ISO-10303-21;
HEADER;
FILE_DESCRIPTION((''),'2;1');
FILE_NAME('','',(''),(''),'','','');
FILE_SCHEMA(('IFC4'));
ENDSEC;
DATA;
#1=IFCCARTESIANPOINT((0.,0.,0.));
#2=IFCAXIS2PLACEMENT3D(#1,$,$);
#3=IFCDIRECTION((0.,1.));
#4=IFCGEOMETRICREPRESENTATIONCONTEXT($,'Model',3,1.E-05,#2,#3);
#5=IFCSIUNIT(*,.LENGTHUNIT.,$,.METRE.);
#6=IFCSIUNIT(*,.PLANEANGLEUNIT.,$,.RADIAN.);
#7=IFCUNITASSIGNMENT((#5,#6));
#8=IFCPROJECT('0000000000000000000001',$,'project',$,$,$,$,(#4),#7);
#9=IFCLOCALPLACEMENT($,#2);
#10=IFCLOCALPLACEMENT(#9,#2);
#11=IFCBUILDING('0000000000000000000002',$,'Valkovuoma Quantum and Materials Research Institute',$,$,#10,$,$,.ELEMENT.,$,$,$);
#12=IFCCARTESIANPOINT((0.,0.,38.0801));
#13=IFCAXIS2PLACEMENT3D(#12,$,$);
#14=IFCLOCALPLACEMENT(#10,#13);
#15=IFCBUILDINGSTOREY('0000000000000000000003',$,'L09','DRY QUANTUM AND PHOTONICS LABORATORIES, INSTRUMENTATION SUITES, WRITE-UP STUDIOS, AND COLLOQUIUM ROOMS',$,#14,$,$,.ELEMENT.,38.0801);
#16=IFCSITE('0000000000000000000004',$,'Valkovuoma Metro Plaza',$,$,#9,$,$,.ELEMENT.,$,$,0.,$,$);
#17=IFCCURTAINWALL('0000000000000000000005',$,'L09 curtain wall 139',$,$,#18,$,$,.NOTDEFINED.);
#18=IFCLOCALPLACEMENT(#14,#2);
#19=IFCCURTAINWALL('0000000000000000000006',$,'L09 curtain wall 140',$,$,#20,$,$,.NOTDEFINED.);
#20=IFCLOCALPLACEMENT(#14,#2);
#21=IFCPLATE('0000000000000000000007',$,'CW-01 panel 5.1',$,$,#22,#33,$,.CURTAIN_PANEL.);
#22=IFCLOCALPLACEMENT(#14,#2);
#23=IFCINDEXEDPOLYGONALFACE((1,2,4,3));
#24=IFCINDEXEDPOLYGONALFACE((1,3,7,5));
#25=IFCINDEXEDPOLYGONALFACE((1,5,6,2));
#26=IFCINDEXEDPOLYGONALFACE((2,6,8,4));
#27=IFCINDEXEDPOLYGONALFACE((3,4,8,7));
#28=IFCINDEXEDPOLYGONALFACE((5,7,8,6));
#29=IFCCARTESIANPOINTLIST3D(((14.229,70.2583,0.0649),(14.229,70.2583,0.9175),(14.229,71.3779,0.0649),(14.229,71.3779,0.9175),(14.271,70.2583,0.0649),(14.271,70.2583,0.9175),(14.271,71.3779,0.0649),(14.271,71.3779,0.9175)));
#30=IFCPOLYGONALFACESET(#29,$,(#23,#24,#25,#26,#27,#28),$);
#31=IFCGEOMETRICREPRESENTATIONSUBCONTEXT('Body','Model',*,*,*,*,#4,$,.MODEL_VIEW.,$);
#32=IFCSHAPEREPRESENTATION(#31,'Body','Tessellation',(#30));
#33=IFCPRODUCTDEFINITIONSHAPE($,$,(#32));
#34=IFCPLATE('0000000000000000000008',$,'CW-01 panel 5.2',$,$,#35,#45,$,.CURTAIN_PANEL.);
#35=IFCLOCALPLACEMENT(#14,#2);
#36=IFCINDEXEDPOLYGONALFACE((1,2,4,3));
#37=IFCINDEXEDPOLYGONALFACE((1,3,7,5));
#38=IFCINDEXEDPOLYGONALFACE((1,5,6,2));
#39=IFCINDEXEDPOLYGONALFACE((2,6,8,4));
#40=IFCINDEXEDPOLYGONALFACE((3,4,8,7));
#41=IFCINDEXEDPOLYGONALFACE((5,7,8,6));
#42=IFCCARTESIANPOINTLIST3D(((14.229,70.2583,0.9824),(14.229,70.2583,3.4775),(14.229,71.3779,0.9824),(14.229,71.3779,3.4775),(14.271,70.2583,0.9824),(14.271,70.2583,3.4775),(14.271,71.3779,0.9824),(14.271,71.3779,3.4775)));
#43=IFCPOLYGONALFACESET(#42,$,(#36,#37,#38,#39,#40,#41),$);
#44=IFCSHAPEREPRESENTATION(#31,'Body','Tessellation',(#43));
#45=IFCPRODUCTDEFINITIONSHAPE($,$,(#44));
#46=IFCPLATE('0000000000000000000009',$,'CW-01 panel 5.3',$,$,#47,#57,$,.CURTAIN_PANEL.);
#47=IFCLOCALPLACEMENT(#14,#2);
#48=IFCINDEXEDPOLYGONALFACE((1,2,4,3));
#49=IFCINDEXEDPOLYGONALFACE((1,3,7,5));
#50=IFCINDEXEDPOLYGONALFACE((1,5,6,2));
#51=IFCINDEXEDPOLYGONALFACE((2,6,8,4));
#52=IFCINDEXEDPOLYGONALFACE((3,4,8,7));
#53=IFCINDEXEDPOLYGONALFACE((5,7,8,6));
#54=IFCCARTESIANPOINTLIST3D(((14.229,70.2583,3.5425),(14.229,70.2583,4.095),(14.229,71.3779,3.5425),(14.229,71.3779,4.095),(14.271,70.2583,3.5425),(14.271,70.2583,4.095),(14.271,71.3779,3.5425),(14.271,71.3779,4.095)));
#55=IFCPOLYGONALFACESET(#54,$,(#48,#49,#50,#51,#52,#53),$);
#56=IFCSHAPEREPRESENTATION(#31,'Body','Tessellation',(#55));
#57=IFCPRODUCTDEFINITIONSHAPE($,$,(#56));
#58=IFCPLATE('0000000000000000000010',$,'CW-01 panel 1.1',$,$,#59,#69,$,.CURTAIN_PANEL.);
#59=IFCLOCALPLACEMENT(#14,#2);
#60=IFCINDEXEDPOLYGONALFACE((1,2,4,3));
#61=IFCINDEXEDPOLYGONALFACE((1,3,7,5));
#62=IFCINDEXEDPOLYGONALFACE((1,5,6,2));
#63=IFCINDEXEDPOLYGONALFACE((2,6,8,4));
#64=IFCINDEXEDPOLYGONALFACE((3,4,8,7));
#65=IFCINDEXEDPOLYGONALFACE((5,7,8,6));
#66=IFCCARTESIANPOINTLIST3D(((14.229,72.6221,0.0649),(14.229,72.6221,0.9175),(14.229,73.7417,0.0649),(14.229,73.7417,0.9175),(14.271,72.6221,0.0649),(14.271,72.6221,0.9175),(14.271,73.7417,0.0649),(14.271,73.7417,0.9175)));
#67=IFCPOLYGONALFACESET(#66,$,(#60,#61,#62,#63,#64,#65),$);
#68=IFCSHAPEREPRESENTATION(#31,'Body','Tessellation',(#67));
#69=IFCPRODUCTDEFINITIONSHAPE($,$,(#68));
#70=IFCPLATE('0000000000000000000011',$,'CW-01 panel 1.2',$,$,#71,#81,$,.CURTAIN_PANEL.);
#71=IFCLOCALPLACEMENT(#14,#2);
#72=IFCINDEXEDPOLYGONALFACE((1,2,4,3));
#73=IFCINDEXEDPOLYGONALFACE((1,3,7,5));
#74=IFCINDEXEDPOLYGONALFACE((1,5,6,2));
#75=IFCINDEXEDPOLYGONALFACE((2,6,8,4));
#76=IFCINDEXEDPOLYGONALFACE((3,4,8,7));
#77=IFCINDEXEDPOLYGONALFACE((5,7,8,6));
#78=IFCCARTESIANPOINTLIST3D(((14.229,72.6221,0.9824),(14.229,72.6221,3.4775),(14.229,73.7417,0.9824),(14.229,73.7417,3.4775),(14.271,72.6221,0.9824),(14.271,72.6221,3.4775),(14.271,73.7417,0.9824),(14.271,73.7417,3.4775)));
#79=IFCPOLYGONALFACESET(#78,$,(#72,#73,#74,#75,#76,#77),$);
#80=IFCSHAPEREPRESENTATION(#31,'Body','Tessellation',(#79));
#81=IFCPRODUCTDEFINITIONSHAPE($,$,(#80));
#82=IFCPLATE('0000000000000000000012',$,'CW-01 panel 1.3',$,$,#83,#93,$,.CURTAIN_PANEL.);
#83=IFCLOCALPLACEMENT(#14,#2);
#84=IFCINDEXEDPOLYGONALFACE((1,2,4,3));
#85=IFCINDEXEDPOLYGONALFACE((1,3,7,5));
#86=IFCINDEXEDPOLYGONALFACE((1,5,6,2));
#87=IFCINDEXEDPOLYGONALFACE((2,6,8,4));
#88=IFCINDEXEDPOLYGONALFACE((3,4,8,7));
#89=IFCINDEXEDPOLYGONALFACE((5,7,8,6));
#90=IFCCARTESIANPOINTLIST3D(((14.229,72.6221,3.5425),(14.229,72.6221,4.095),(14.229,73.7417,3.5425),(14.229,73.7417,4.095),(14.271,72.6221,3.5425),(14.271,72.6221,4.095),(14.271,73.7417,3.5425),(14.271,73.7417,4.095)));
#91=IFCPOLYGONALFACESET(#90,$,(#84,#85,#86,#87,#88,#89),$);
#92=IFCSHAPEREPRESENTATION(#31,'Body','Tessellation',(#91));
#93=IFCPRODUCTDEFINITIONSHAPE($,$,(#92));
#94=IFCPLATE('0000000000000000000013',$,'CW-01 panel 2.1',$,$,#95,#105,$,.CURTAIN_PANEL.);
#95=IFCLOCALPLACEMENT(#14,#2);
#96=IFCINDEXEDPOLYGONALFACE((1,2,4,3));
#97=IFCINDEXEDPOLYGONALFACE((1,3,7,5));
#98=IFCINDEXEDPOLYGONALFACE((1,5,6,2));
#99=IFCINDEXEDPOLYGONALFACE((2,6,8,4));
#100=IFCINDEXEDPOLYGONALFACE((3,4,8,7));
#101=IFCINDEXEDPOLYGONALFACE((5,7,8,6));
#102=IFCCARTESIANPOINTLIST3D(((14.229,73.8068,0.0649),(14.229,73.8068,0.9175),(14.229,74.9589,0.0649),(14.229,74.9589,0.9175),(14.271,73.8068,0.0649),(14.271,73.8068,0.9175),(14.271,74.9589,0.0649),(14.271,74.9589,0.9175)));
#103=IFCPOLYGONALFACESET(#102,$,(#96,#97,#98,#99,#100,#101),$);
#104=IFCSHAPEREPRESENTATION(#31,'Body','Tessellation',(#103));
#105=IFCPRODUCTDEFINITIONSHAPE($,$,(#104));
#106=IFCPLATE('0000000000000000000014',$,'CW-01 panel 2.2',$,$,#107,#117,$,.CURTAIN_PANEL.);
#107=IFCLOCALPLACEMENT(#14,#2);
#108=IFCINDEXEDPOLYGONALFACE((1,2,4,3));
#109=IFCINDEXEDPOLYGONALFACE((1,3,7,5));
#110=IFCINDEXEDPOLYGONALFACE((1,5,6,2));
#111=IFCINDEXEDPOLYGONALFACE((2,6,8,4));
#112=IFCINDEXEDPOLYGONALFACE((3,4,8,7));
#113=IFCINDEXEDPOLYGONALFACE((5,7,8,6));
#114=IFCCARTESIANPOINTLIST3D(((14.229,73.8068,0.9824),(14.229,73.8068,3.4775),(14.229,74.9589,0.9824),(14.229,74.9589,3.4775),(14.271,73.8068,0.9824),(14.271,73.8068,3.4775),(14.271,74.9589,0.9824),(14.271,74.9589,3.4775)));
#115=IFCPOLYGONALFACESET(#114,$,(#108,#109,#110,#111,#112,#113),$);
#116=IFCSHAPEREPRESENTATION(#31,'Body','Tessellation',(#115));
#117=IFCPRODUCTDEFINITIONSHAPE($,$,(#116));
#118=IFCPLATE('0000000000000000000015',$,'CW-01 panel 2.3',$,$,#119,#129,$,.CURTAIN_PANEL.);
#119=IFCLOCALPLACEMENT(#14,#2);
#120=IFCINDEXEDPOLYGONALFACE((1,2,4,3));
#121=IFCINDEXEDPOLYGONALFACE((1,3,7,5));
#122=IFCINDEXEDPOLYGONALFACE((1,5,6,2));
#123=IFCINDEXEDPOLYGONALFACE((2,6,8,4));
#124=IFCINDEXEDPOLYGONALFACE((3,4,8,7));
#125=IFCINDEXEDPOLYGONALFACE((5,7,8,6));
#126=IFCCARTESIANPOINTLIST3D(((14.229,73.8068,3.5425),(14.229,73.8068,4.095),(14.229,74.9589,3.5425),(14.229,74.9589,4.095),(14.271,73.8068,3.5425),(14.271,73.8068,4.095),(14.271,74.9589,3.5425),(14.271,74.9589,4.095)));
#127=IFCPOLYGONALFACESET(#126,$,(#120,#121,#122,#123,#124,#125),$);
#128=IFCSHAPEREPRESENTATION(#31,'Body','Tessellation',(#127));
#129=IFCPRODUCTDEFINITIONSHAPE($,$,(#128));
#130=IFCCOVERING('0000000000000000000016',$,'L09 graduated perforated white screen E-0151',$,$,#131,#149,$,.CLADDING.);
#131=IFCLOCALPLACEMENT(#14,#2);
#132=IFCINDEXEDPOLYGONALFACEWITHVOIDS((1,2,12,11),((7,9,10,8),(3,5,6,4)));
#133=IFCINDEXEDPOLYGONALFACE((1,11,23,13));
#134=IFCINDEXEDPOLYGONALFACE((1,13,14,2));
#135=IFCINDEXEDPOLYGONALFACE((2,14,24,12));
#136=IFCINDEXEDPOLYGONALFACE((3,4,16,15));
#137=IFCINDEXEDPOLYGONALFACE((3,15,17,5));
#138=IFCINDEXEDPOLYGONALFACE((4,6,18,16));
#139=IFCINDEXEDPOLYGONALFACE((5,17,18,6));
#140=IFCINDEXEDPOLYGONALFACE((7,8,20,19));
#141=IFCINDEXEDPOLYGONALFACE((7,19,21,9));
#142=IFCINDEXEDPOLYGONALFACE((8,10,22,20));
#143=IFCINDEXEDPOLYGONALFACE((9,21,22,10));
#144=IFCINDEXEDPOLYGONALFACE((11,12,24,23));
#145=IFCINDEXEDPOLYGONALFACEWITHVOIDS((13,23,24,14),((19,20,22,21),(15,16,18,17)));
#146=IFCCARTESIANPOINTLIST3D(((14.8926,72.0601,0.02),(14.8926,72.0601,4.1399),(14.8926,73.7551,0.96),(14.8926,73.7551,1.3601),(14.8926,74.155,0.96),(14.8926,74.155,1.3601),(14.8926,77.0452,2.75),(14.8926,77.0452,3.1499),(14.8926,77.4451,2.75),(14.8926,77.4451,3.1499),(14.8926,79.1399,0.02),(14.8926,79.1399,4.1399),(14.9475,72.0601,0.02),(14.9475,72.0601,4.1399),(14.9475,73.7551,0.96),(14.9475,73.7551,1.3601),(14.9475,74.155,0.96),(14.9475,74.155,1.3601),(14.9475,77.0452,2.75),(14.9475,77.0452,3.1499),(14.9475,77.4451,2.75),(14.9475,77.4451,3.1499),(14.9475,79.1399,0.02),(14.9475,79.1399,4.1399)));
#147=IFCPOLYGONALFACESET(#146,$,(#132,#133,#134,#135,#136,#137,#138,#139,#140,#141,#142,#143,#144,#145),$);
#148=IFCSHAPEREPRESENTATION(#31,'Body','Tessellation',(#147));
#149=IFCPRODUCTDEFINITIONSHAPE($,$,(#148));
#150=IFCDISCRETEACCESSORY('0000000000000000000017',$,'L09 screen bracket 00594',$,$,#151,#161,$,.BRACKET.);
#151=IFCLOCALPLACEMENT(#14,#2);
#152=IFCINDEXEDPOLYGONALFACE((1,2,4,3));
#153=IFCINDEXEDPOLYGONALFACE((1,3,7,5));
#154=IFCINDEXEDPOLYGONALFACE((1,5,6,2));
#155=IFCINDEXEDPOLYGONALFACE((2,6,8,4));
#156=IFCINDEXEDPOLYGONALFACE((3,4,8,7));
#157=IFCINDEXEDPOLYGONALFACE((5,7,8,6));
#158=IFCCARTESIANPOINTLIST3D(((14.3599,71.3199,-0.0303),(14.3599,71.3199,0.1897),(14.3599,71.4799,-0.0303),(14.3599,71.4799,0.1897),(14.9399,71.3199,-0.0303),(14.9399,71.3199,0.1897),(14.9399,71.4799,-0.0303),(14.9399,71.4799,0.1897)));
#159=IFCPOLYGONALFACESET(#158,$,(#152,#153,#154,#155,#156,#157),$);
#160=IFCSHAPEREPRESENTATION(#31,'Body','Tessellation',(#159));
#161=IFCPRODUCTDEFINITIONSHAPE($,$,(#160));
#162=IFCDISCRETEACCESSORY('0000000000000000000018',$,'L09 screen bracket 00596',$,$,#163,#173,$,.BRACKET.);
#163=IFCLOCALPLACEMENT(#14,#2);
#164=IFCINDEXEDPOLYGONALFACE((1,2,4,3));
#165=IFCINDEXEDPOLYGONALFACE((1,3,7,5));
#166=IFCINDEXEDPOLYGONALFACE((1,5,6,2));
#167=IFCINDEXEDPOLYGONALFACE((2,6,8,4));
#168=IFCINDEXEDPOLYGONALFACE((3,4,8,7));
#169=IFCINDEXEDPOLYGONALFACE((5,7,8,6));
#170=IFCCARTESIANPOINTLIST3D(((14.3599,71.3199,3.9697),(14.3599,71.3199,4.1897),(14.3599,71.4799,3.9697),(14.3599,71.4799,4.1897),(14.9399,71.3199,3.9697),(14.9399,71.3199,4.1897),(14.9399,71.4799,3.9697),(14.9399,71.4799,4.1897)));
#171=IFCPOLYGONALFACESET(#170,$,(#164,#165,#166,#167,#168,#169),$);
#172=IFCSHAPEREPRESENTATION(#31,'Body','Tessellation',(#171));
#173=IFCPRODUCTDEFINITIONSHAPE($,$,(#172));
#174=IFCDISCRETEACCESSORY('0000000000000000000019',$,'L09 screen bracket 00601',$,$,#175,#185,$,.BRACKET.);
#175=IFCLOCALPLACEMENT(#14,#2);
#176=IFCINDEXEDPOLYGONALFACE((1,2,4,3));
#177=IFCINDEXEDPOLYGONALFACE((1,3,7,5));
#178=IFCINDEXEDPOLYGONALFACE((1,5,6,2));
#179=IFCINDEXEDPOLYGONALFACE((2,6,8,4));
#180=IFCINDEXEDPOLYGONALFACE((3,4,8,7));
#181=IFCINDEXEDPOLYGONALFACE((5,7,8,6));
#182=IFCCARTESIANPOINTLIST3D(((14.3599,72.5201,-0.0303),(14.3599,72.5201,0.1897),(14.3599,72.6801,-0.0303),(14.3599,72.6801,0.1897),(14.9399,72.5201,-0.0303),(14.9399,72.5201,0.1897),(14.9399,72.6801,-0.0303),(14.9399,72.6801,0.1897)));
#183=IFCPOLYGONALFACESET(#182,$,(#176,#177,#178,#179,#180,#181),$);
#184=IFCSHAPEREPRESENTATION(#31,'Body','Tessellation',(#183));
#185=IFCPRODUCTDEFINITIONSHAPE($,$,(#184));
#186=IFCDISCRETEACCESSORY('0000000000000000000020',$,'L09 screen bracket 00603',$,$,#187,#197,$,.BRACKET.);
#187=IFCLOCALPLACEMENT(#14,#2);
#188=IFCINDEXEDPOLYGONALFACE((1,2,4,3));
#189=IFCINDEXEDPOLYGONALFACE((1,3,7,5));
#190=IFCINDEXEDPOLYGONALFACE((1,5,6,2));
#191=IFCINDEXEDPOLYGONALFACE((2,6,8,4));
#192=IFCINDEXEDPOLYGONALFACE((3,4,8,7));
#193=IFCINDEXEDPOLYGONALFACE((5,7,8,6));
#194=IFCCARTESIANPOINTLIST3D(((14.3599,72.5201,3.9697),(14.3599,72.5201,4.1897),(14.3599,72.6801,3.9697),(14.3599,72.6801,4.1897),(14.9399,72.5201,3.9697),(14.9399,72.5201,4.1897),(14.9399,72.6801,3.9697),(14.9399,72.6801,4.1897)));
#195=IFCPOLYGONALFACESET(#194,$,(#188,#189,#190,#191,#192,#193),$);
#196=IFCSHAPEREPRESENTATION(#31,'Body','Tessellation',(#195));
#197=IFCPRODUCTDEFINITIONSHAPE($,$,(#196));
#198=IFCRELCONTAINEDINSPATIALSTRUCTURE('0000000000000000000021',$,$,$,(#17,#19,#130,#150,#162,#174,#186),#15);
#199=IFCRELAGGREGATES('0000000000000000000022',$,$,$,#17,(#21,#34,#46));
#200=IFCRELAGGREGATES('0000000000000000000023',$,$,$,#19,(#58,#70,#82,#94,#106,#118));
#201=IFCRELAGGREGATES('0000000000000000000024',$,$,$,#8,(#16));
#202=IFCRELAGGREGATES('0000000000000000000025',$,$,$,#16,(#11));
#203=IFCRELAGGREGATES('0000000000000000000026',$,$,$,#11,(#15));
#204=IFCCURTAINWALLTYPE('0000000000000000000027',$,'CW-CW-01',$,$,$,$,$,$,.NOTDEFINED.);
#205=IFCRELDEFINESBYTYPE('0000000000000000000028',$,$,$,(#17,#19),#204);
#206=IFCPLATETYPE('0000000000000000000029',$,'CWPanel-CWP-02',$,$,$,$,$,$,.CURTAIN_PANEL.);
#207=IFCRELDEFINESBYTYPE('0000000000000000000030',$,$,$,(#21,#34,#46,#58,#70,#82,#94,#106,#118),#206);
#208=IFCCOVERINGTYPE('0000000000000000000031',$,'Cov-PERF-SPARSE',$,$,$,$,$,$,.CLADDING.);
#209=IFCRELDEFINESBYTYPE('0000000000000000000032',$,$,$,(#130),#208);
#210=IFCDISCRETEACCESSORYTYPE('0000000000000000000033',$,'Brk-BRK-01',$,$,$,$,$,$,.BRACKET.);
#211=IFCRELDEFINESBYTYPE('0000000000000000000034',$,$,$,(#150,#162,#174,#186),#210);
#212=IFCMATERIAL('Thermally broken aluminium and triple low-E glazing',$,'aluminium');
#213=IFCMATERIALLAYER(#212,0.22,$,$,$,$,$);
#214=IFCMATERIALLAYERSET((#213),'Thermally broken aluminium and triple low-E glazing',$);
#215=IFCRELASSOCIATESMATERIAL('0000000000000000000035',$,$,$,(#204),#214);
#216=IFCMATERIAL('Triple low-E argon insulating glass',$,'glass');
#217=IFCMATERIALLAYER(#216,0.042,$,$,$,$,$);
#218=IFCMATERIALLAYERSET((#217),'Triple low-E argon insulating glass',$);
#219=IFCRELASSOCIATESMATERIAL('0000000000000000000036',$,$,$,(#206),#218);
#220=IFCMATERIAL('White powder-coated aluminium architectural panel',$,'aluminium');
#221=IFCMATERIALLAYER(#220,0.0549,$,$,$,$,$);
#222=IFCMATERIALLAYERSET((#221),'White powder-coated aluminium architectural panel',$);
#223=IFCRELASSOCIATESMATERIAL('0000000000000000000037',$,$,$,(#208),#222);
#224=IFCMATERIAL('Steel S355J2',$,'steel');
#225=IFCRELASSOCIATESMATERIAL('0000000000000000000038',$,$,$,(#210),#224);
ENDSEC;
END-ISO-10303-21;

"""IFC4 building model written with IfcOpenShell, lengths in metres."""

from ifc_helpers import new_model, si_unit, direction, frame, origin, origin_2d, place, context, subcontext, project, spatial, polyline, rectangle, outline, extrude, material, layer, layer_set, type_object, element, aggregate, save


model = new_model("IFC4")

# Units and contexts
model_context = context("Model", 3, precision=1e-05, world=origin(), true_north=direction((0.0, 1.0)))
body_context = subcontext(model_context, "Body", "Model", "MODEL_VIEW")
ifc_project = project(units=[si_unit("LENGTHUNIT", "METRE"), si_unit("PLANEANGLEUNIT", "RADIAN")], contexts=[model_context])

# Site, building, storey
site_placement = place(None, origin())
site = spatial("IfcSite", under=ifc_project, at=site_placement, Name="Valkovuoma Metro Plaza", CompositionType="ELEMENT", RefElevation=0.0)
building_placement = place(site_placement, origin())
building = spatial("IfcBuilding", under=site, at=building_placement, Name="Valkovuoma Quantum and Materials Research Institute", CompositionType="ELEMENT")
storey_placement = place(building_placement, frame((0.0, 0.0, 38.0801)))
storey = spatial("IfcBuildingStorey", under=building, at=storey_placement, Name="L09", Description="DRY QUANTUM AND PHOTONICS LABORATORIES, INSTRUMENTATION SUITES, WRITE-UP STUDIOS, AND COLLOQUIUM ROOMS", CompositionType="ELEMENT", Elevation=38.0801)

# Curtain wall
ifc_material_1 = material(Name="Thermally broken aluminium and triple low-E glazing", Category="aluminium")
ifc_layer_1 = layer(ifc_material_1, 0.22)
ifc_layer_set_1 = layer_set([ifc_layer_1], Name="Thermally broken aluminium and triple low-E glazing")
curtain_wall_type = type_object("IfcCurtainWallType", Name="CW-CW-01", PredefinedType="NOTDEFINED", material=ifc_layer_set_1)
curtain_wall_1_placement = place(storey_placement, origin())
curtain_wall_1 = element("IfcCurtainWall", 1, at=curtain_wall_1_placement, inside=storey, type_object=curtain_wall_type, Name="L09 curtain wall 139", PredefinedType="NOTDEFINED")

# Curtain wall
curtain_wall_2_placement = place(storey_placement, origin())
curtain_wall_2 = element("IfcCurtainWall", 2, at=curtain_wall_2_placement, inside=storey, type_object=curtain_wall_type, Name="L09 curtain wall 140", PredefinedType="NOTDEFINED")

# Plates
ifc_material_2 = material(Name="Triple low-E argon insulating glass", Category="glass")
ifc_layer_2 = layer(ifc_material_2, 0.042)
ifc_layer_set_2 = layer_set([ifc_layer_2], Name="Triple low-E argon insulating glass")
plate_type = type_object("IfcPlateType", Name="CWPanel-CWP-02", PredefinedType="CURTAIN_PANEL", material=ifc_layer_set_2)
plate_1_placement = place(storey_placement, frame((14.25, 70.8181, 0.0649), z_axis=(0.0, 0.0, 1.0), x_axis=(0.0, 1.0, 0.0)))
plate_1 = element("IfcPlate", 3, at=plate_1_placement, type_object=plate_type, Name="CW-01 panel 5.1", PredefinedType="CURTAIN_PANEL", context=body_context, shape_type="SweptSolid", body=[
    extrude(rectangle(XDim=1.1196, YDim=0.042, at=origin_2d()), origin(), (0.0, 0.0, 1.0), 0.8525),
])
plate_2_placement = place(storey_placement, frame((14.25, 70.8181, 0.9824), z_axis=(0.0, 0.0, 1.0), x_axis=(0.0, 1.0, 0.0)))
plate_2 = element("IfcPlate", 4, at=plate_2_placement, type_object=plate_type, Name="CW-01 panel 5.2", PredefinedType="CURTAIN_PANEL", context=body_context, shape_type="SweptSolid", body=[
    extrude(rectangle(XDim=1.1196, YDim=0.042, at=origin_2d()), origin(), (0.0, 0.0, 1.0), 2.4951),
])
plate_3_placement = place(storey_placement, frame((14.25, 70.8181, 3.5425), z_axis=(0.0, 0.0, 1.0), x_axis=(0.0, 1.0, 0.0)))
plate_3 = element("IfcPlate", 5, at=plate_3_placement, type_object=plate_type, Name="CW-01 panel 5.3", PredefinedType="CURTAIN_PANEL", context=body_context, shape_type="SweptSolid", body=[
    extrude(rectangle(XDim=1.1196, YDim=0.042, at=origin_2d()), origin(), (0.0, 0.0, 1.0), 0.5525),
])
aggregate(curtain_wall_1, [plate_1, plate_2, plate_3])
plate_4_placement = place(storey_placement, frame((14.25, 73.1819, 0.0649), z_axis=(0.0, 0.0, 1.0), x_axis=(0.0, 1.0, 0.0)))
plate_4 = element("IfcPlate", 6, at=plate_4_placement, type_object=plate_type, Name="CW-01 panel 1.1", PredefinedType="CURTAIN_PANEL", context=body_context, shape_type="SweptSolid", body=[
    extrude(rectangle(XDim=1.1196, YDim=0.042, at=origin_2d()), origin(), (0.0, 0.0, 1.0), 0.8525),
])
plate_5_placement = place(storey_placement, frame((14.25, 73.1819, 0.9824), z_axis=(0.0, 0.0, 1.0), x_axis=(0.0, 1.0, 0.0)))
plate_5 = element("IfcPlate", 7, at=plate_5_placement, type_object=plate_type, Name="CW-01 panel 1.2", PredefinedType="CURTAIN_PANEL", context=body_context, shape_type="SweptSolid", body=[
    extrude(rectangle(XDim=1.1196, YDim=0.042, at=origin_2d()), origin(), (0.0, 0.0, 1.0), 2.4951),
])
plate_6_placement = place(storey_placement, frame((14.25, 73.1819, 3.5425), z_axis=(0.0, 0.0, 1.0), x_axis=(0.0, 1.0, 0.0)))
plate_6 = element("IfcPlate", 8, at=plate_6_placement, type_object=plate_type, Name="CW-01 panel 1.3", PredefinedType="CURTAIN_PANEL", context=body_context, shape_type="SweptSolid", body=[
    extrude(rectangle(XDim=1.1196, YDim=0.042, at=origin_2d()), origin(), (0.0, 0.0, 1.0), 0.5525),
])
plate_7_placement = place(storey_placement, frame((14.25, 74.3828, 0.0649), z_axis=(0.0, 0.0, 1.0), x_axis=(0.0, 1.0, 0.0)))
plate_7 = element("IfcPlate", 9, at=plate_7_placement, type_object=plate_type, Name="CW-01 panel 2.1", PredefinedType="CURTAIN_PANEL", context=body_context, shape_type="SweptSolid", body=[
    extrude(rectangle(XDim=1.1521, YDim=0.042, at=origin_2d()), origin(), (0.0, 0.0, 1.0), 0.8525),
])
plate_8_placement = place(storey_placement, frame((14.25, 74.3828, 0.9824), z_axis=(0.0, 0.0, 1.0), x_axis=(0.0, 1.0, 0.0)))
plate_8 = element("IfcPlate", 10, at=plate_8_placement, type_object=plate_type, Name="CW-01 panel 2.2", PredefinedType="CURTAIN_PANEL", context=body_context, shape_type="SweptSolid", body=[
    extrude(rectangle(XDim=1.1521, YDim=0.042, at=origin_2d()), origin(), (0.0, 0.0, 1.0), 2.4951),
])
plate_9_placement = place(storey_placement, frame((14.25, 74.3828, 3.5425), z_axis=(0.0, 0.0, 1.0), x_axis=(0.0, 1.0, 0.0)))
plate_9 = element("IfcPlate", 11, at=plate_9_placement, type_object=plate_type, Name="CW-01 panel 2.3", PredefinedType="CURTAIN_PANEL", context=body_context, shape_type="SweptSolid", body=[
    extrude(rectangle(XDim=1.1521, YDim=0.042, at=origin_2d()), origin(), (0.0, 0.0, 1.0), 0.5525),
])
aggregate(curtain_wall_2, [plate_4, plate_5, plate_6, plate_7, plate_8, plate_9])

# Covering
ifc_material_3 = material(Name="White powder-coated aluminium architectural panel", Category="aluminium")
ifc_layer_3 = layer(ifc_material_3, 0.0549)
ifc_layer_set_3 = layer_set([ifc_layer_3], Name="White powder-coated aluminium architectural panel")
covering_type = type_object("IfcCoveringType", Name="Cov-PERF-SPARSE", PredefinedType="CLADDING", material=ifc_layer_set_3)
covering_placement = place(storey_placement, frame((14.9199, 72.0601, 0.02), z_axis=(0.0, 0.0, 1.0), x_axis=(0.0, 1.0, 0.0)))
element("IfcCovering", 12, at=covering_placement, inside=storey, type_object=covering_type, Name="L09 graduated perforated white screen E-0151", PredefinedType="CLADDING", context=body_context, shape_type="SweptSolid", body=[
    extrude(outline(polyline([(0.0, 0.0), (7.0798, 0.0), (7.0798, 4.1199), (0.0, 4.1199), (0.0, 0.0)]), holes=[polyline([(1.6951, 0.9399), (1.6951, 1.3401), (2.095, 1.3401), (2.095, 0.9399), (1.6951, 0.9399)]), polyline([(4.9851, 2.73), (4.9851, 3.1299), (5.385, 3.1299), (5.385, 2.73), (4.9851, 2.73)])]), frame((0.0, 0.0273, 0.0), z_axis=(0.0, -1.0, 0.0), x_axis=(1.0, 0.0, 0.0)), (0.0, 0.0, 1.0), 0.0549),
])

# Discrete accessories
ifc_material_4 = material(Name="Steel S355J2", Category="steel")
discrete_accessory_type = type_object("IfcDiscreteAccessoryType", Name="Brk-BRK-01", PredefinedType="BRACKET", material=ifc_material_4)
for number, where, z_axis, x_axis, name in (
    (13, (14.6499, 71.3999, -0.0303), (0.0, 0.0, 1.0), (1.0, 0.0, 0.0), "L09 screen bracket 00594"),
    (14, (14.6499, 71.3999, 3.9697), (0.0, 0.0, 1.0), (1.0, 0.0, 0.0), "L09 screen bracket 00596"),
    (15, (14.6499, 72.6001, -0.0303), (0.0, 0.0, 1.0), (1.0, 0.0, 0.0), "L09 screen bracket 00601"),
    (16, (14.6499, 72.6001, 3.9697), (0.0, 0.0, 1.0), (1.0, 0.0, 0.0), "L09 screen bracket 00603"),
):
    element("IfcDiscreteAccessory", number, at=place(storey_placement, frame(where, z_axis=z_axis, x_axis=x_axis)), inside=storey, type_object=discrete_accessory_type, Name=name, PredefinedType="BRACKET", context=body_context, shape_type="SweptSolid", body=[
        extrude(rectangle(XDim=0.5801, YDim=0.1599, at=origin_2d()), origin(), (0.0, 0.0, 1.0), 0.22),
    ])

save(model, "model.ifc")
